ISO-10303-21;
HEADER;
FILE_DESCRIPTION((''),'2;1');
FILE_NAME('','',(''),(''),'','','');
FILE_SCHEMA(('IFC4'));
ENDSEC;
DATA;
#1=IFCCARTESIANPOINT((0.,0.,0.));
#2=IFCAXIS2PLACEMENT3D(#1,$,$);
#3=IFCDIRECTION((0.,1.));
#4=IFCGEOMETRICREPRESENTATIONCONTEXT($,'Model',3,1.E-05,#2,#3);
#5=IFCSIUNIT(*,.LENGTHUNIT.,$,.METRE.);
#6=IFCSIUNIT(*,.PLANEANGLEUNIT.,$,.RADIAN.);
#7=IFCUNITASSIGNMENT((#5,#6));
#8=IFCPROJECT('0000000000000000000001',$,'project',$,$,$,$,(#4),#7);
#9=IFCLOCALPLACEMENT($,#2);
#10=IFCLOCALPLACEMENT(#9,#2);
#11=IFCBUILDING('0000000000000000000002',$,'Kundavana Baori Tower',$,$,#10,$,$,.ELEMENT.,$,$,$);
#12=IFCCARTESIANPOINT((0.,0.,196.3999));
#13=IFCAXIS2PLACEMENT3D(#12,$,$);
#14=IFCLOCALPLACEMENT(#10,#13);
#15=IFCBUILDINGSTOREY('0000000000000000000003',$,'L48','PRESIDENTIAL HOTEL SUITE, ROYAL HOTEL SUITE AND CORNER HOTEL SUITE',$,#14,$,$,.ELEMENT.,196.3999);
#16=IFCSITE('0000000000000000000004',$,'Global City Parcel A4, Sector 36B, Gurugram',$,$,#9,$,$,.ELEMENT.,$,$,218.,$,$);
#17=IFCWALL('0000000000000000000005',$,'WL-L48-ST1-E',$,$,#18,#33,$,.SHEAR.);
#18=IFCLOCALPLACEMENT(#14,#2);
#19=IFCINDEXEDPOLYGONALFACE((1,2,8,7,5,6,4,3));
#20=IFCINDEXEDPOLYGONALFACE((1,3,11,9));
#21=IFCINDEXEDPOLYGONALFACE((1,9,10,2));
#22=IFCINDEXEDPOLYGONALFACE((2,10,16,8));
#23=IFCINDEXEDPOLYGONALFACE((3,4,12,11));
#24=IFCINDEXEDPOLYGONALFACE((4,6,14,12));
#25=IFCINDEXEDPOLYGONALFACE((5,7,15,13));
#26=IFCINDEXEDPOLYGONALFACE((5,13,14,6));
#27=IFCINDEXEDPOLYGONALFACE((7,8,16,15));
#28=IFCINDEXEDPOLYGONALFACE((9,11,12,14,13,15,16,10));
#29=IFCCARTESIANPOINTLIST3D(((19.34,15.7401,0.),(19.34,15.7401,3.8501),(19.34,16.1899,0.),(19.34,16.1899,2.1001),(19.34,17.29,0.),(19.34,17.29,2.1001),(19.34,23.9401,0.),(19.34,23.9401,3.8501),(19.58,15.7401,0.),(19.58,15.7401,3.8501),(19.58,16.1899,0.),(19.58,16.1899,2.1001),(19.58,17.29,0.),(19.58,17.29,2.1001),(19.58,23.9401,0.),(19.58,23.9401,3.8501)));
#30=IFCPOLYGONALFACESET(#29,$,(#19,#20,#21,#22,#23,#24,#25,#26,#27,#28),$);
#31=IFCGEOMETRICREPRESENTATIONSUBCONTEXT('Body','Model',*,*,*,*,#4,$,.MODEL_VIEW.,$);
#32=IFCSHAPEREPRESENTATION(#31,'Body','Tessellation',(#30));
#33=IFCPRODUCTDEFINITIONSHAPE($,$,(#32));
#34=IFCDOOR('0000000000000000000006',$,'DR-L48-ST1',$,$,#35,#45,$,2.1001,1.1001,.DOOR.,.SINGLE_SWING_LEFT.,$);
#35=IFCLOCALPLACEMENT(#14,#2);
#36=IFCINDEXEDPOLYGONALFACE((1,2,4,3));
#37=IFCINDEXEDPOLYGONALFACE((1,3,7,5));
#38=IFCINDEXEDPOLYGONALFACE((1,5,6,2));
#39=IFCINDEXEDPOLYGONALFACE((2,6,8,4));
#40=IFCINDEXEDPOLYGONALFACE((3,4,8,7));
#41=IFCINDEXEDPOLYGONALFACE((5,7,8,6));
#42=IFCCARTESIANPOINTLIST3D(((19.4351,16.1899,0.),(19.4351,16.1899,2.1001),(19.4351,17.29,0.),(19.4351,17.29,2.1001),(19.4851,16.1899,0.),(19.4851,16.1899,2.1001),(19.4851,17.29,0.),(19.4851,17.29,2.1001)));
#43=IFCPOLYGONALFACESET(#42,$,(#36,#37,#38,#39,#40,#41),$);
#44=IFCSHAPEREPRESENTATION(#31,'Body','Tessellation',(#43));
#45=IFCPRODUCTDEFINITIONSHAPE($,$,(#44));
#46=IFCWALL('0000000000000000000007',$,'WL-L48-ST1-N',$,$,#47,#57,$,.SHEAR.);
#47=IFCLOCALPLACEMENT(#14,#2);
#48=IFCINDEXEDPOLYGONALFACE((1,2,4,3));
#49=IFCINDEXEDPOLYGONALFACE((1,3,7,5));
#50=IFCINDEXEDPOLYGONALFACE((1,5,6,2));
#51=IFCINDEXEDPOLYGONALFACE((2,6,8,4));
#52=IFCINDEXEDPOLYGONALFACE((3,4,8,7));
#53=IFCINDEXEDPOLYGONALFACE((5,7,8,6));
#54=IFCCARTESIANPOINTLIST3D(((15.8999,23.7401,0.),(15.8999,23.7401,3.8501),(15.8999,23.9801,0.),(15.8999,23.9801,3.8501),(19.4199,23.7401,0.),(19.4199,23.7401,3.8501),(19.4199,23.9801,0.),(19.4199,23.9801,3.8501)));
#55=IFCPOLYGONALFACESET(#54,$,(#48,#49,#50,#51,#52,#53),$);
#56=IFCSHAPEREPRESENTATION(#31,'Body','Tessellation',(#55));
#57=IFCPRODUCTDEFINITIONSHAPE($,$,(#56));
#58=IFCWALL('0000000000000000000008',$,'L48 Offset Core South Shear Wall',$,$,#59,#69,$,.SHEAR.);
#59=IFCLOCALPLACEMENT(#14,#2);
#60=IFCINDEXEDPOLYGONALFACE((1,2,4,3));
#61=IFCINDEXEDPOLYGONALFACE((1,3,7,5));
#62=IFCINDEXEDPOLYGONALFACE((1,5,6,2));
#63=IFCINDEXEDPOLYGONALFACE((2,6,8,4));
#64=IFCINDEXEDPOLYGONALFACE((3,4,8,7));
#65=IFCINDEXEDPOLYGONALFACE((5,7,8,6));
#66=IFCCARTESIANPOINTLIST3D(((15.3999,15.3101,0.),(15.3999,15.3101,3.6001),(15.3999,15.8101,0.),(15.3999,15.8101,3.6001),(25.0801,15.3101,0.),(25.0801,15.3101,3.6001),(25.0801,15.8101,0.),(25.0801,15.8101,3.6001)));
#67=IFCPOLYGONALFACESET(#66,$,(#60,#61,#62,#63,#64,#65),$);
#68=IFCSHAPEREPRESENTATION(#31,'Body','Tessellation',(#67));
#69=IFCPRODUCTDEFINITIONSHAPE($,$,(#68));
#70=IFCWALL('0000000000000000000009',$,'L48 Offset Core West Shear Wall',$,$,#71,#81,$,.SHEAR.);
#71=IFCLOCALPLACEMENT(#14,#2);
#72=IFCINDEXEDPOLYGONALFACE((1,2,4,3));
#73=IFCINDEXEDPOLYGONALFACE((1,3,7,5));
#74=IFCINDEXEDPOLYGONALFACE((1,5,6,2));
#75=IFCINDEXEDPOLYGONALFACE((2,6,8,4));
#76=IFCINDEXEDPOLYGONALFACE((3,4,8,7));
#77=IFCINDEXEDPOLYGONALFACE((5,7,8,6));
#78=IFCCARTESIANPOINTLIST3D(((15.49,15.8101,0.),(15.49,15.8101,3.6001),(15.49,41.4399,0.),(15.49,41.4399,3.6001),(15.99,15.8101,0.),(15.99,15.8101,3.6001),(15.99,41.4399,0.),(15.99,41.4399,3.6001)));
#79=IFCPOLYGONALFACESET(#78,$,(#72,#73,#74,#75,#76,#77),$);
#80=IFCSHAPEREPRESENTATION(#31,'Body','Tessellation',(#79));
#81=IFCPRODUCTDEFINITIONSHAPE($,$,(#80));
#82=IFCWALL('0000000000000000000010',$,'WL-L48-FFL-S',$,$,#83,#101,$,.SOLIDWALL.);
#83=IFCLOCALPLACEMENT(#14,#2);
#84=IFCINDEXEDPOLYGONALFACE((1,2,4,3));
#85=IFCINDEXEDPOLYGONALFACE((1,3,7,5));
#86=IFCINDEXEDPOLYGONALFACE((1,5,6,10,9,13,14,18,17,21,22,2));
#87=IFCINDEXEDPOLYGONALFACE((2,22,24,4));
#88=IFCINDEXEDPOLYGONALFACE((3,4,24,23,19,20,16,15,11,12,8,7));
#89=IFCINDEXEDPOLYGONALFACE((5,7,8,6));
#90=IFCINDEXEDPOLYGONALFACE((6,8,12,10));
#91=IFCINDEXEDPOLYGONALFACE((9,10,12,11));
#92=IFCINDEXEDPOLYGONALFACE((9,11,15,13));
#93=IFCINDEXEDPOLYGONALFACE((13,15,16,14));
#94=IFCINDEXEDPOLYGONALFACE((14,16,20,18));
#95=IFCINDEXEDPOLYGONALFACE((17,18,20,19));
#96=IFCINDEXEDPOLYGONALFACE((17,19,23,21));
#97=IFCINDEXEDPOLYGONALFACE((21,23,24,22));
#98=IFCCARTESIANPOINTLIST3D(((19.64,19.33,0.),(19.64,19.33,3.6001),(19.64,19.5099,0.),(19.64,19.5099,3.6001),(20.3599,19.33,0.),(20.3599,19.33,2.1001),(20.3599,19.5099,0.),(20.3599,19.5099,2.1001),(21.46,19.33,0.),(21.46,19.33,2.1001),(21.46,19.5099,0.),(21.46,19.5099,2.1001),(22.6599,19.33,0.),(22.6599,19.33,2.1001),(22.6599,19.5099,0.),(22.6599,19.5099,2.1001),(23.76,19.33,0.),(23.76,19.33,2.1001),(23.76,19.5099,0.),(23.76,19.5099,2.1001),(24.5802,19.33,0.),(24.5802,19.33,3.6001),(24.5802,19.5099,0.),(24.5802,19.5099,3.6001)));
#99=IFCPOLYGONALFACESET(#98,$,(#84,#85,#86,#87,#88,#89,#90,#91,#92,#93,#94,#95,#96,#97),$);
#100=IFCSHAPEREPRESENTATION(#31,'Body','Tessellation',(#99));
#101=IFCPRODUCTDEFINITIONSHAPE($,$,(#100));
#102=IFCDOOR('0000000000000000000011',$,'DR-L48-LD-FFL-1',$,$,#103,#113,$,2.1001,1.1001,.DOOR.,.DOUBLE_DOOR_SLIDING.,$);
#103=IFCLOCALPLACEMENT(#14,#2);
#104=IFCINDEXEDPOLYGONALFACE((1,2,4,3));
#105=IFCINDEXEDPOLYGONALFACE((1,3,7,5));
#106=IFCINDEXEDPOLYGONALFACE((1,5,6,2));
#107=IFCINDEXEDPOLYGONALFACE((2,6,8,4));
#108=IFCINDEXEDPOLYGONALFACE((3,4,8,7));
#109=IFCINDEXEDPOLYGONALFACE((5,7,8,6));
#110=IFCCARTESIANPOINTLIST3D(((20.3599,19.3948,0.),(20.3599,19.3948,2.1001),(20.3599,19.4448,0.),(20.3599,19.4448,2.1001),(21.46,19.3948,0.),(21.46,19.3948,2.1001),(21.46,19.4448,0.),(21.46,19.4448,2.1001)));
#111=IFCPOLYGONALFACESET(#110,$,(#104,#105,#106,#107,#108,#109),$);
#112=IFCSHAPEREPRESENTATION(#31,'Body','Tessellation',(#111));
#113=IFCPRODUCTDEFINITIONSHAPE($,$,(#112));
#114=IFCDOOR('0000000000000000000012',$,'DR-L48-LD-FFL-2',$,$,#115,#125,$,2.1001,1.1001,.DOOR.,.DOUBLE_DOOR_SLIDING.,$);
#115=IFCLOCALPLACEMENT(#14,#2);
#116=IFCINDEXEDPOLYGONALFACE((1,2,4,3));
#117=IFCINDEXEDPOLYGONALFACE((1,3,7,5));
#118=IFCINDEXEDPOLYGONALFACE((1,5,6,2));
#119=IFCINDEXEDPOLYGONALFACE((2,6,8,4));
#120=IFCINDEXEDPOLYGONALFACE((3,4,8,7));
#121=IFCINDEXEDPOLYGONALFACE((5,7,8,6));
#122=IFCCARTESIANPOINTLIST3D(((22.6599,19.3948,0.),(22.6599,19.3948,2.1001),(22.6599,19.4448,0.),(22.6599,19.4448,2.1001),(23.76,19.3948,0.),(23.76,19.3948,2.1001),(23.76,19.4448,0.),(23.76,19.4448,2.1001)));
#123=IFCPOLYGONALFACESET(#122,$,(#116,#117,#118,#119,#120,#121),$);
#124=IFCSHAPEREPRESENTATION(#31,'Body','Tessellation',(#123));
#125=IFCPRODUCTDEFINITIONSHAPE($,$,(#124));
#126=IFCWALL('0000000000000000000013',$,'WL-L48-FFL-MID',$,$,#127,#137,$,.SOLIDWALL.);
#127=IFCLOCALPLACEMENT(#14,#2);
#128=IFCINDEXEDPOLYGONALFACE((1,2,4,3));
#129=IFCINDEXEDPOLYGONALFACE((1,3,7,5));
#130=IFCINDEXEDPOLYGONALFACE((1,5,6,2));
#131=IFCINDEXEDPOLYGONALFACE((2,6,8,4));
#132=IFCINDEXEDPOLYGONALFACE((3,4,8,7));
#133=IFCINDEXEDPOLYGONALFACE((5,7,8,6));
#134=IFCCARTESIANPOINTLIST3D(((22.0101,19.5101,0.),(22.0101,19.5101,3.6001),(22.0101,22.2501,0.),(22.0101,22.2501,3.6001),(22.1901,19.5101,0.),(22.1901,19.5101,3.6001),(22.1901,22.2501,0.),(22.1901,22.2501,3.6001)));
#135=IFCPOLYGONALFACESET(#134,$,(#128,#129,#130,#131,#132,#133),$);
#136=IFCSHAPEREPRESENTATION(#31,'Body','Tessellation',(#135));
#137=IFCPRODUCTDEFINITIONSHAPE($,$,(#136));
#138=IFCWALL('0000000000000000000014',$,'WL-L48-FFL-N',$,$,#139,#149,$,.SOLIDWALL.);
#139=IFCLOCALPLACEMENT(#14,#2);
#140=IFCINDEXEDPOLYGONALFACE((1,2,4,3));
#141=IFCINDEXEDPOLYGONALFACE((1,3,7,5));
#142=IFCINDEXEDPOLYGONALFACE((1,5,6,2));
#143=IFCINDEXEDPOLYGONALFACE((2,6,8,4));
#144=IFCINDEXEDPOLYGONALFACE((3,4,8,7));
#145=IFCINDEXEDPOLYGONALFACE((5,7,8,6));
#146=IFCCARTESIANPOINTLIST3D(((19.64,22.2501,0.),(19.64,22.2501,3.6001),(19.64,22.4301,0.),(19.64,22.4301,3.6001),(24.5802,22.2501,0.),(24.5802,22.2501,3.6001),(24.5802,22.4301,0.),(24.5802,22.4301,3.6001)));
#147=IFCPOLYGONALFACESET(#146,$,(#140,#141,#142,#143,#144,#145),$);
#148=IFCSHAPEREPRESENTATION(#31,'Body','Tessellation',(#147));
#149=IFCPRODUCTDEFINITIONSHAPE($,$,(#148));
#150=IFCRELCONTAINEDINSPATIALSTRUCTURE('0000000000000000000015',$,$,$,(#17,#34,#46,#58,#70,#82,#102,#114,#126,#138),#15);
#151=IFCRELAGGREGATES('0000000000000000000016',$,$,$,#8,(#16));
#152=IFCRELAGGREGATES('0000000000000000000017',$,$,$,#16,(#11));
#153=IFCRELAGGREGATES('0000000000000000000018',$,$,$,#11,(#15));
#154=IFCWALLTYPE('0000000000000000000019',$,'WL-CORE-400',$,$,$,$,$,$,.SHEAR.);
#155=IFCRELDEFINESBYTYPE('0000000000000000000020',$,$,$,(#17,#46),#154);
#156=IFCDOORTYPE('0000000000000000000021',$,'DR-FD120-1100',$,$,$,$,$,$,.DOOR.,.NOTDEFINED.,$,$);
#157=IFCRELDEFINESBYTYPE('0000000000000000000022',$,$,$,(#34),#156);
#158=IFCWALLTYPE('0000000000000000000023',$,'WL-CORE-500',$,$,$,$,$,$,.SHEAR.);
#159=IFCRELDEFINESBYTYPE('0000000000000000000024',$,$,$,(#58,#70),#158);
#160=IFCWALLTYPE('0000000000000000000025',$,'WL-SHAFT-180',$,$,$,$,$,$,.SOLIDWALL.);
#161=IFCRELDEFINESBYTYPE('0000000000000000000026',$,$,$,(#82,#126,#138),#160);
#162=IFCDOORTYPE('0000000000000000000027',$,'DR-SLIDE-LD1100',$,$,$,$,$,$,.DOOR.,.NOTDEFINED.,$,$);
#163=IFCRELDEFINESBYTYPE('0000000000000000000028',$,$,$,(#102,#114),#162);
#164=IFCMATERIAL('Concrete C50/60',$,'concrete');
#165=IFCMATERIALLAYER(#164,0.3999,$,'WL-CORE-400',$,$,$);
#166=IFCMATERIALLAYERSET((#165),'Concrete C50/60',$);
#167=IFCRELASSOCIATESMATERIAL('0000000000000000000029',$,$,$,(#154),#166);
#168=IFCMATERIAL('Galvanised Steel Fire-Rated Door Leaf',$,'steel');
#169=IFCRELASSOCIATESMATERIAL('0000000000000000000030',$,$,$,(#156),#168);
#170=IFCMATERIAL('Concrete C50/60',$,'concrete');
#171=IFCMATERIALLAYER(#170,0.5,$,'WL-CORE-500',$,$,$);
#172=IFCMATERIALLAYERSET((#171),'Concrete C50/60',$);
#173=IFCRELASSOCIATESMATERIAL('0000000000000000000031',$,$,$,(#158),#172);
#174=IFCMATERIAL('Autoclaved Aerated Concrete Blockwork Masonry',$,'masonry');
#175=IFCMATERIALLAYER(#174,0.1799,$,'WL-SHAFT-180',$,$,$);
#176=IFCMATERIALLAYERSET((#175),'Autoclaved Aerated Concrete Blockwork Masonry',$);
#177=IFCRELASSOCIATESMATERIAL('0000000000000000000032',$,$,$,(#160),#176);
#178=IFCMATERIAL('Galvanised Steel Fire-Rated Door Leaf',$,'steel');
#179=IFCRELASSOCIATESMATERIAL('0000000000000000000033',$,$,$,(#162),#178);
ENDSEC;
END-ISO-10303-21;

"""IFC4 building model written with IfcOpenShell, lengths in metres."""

from ifc_helpers import new_model, si_unit, direction, frame, frame_2d, origin, place, context, subcontext, project, spatial, rectangle, extrude, material, layer, layer_set, type_object, element, fill, save


model = new_model("IFC4")

# Units and contexts
model_context = context("Model", 3, precision=1e-05, world=origin(), true_north=direction((0.0, 1.0)))
body_context = subcontext(model_context, "Body", "Model", "MODEL_VIEW")
ifc_project = project(units=[si_unit("LENGTHUNIT", "METRE"), si_unit("PLANEANGLEUNIT", "RADIAN")], contexts=[model_context])

# Site, building, storey
site_placement = place(None, origin())
site = spatial("IfcSite", under=ifc_project, at=site_placement, Name="Global City Parcel A4, Sector 36B, Gurugram", CompositionType="ELEMENT", RefElevation=218.0)
building_placement = place(site_placement, origin())
building = spatial("IfcBuilding", under=site, at=building_placement, Name="Kundavana Baori Tower", CompositionType="ELEMENT")
storey_placement = place(building_placement, frame((0.0, 0.0, 196.3999)))
storey = spatial("IfcBuildingStorey", under=building, at=storey_placement, Name="L48", Description="PRESIDENTIAL HOTEL SUITE, ROYAL HOTEL SUITE AND CORNER HOTEL SUITE", CompositionType="ELEMENT", Elevation=196.3999)

# Wall, opening, door
ifc_material_1 = material(Name="Concrete C50/60", Category="concrete")
ifc_layer_1 = layer(ifc_material_1, 0.3999, Name="WL-CORE-400")
ifc_layer_set_1 = layer_set([ifc_layer_1], Name="Concrete C50/60")
wall_type_1 = type_object("IfcWallType", Name="WL-CORE-400", PredefinedType="SHEAR", material=ifc_layer_set_1)
wall_1_placement = place(storey_placement, frame((19.46, 15.74, 0.0), z_axis=(0.0, 0.0, 1.0), x_axis=(0.0, 1.0, 0.0)))
wall_1 = element("IfcWall", 1, at=wall_1_placement, inside=storey, type_object=wall_type_1, Name="WL-L48-ST1-E", PredefinedType="SHEAR", context=body_context, shape_type="SweptSolid", body=[
    extrude(rectangle(XDim=8.2, YDim=0.24, at=frame_2d((4.1001, 0.0))), origin(), (0.0, 0.0, 1.0), 3.8501),
])
opening_1_placement = place(wall_1_placement, frame((0.45, 0.0, 0.0)))
opening_1 = element("IfcOpeningElement", 2, at=opening_1_placement, cuts=wall_1, PredefinedType="OPENING", context=body_context, shape_type="SweptSolid", body=[
    extrude(rectangle(XDim=1.1001, YDim=2.1001, at=frame_2d((0.55, 1.05))), frame((0.0, 0.1299, 0.0), z_axis=(0.0, -1.0, 0.0), x_axis=(1.0, 0.0, 0.0)), (0.0, 0.0, 1.0), 0.26),
])
ifc_material_2 = material(Name="Galvanised Steel Fire-Rated Door Leaf", Category="steel")
door_type_1 = type_object("IfcDoorType", Name="DR-FD120-1100", OperationType="NOTDEFINED", PredefinedType="DOOR", material=ifc_material_2)
door_1_placement = place(opening_1_placement, origin())
door_1 = element("IfcDoor", 3, at=door_1_placement, inside=storey, type_object=door_type_1, Name="DR-L48-ST1", OperationType="SINGLE_SWING_LEFT", OverallHeight=2.1001, OverallWidth=1.1001, PredefinedType="DOOR", context=body_context, shape_type="SweptSolid", body=[
    extrude(rectangle(XDim=1.1001, YDim=2.1001, at=frame_2d((0.55, 1.05))), frame((0.0, 0.0249, 0.0), z_axis=(0.0, -1.0, 0.0), x_axis=(1.0, 0.0, 0.0)), (0.0, 0.0, 1.0), 0.05),
])
fill(opening_1, door_1)

# Walls
wall_2_placement = place(storey_placement, frame((15.8999, 23.8601, 0.0), z_axis=(0.0, 0.0, 1.0), x_axis=(1.0, 0.0, 0.0)))
element("IfcWall", 4, at=wall_2_placement, inside=storey, type_object=wall_type_1, Name="WL-L48-ST1-N", PredefinedType="SHEAR", context=body_context, shape_type="SweptSolid", body=[
    extrude(rectangle(XDim=3.52, YDim=0.24, at=frame_2d((1.76, 0.0))), origin(), (0.0, 0.0, 1.0), 3.8501),
])
ifc_material_3 = material(Name="Concrete C50/60", Category="concrete")
ifc_layer_2 = layer(ifc_material_3, 0.5, Name="WL-CORE-500")
ifc_layer_set_2 = layer_set([ifc_layer_2], Name="Concrete C50/60")
wall_type_2 = type_object("IfcWallType", Name="WL-CORE-500", PredefinedType="SHEAR", material=ifc_layer_set_2)
wall_3_placement = place(storey_placement, frame((15.3999, 15.5601, 0.0), z_axis=(0.0, 0.0, 1.0), x_axis=(1.0, 0.0, 0.0)))
element("IfcWall", 5, at=wall_3_placement, inside=storey, type_object=wall_type_2, Name="L48 Offset Core South Shear Wall", PredefinedType="SHEAR", context=body_context, shape_type="SweptSolid", body=[
    extrude(rectangle(XDim=9.6802, YDim=0.5, at=frame_2d((4.8401, 0.0))), origin(), (0.0, 0.0, 1.0), 3.6001),
])
wall_4_placement = place(storey_placement, frame((15.74, 15.8101, 0.0), z_axis=(0.0, 0.0, 1.0), x_axis=(0.0, 1.0, 0.0)))
element("IfcWall", 6, at=wall_4_placement, inside=storey, type_object=wall_type_2, Name="L48 Offset Core West Shear Wall", PredefinedType="SHEAR", context=body_context, shape_type="SweptSolid", body=[
    extrude(rectangle(XDim=25.6299, YDim=0.5, at=frame_2d((12.8149, 0.0))), origin(), (0.0, 0.0, 1.0), 3.6001),
])

# Wall, openings, doors
ifc_material_4 = material(Name="Autoclaved Aerated Concrete Blockwork Masonry", Category="masonry")
ifc_layer_3 = layer(ifc_material_4, 0.1799, Name="WL-SHAFT-180")
ifc_layer_set_3 = layer_set([ifc_layer_3], Name="Autoclaved Aerated Concrete Blockwork Masonry")
wall_type_3 = type_object("IfcWallType", Name="WL-SHAFT-180", PredefinedType="SOLIDWALL", material=ifc_layer_set_3)
wall_5_placement = place(storey_placement, frame((19.6399, 19.4199, 0.0), z_axis=(0.0, 0.0, 1.0), x_axis=(1.0, 0.0, 0.0)))
wall_5 = element("IfcWall", 7, at=wall_5_placement, inside=storey, type_object=wall_type_3, Name="WL-L48-FFL-S", PredefinedType="SOLIDWALL", context=body_context, shape_type="SweptSolid", body=[
    extrude(rectangle(XDim=4.9402, YDim=0.1799, at=frame_2d((2.4702, 0.0))), origin(), (0.0, 0.0, 1.0), 3.6001),
])
opening_2_placement = place(wall_5_placement, frame((0.72, 0.0, 0.0)))
opening_2 = element("IfcOpeningElement", 8, at=opening_2_placement, cuts=wall_5, PredefinedType="OPENING", context=body_context, shape_type="SweptSolid", body=[
    extrude(rectangle(XDim=1.1001, YDim=2.1001, at=frame_2d((0.55, 1.05))), frame((0.0, 0.1001, 0.0), z_axis=(0.0, -1.0, 0.0), x_axis=(1.0, 0.0, 0.0)), (0.0, 0.0, 1.0), 0.2),
])
opening_3_placement = place(wall_5_placement, frame((3.02, 0.0, 0.0)))
opening_3 = element("IfcOpeningElement", 9, at=opening_3_placement, cuts=wall_5, PredefinedType="OPENING", context=body_context, shape_type="SweptSolid", body=[
    extrude(rectangle(XDim=1.1001, YDim=2.1001, at=frame_2d((0.55, 1.05))), frame((0.0, 0.1001, 0.0), z_axis=(0.0, -1.0, 0.0), x_axis=(1.0, 0.0, 0.0)), (0.0, 0.0, 1.0), 0.2),
])
ifc_material_5 = material(Name="Galvanised Steel Fire-Rated Door Leaf", Category="steel")
door_type_2 = type_object("IfcDoorType", Name="DR-SLIDE-LD1100", OperationType="NOTDEFINED", PredefinedType="DOOR", material=ifc_material_5)
door_2_placement = place(opening_2_placement, origin())
door_2 = element("IfcDoor", 10, at=door_2_placement, inside=storey, type_object=door_type_2, Name="DR-L48-LD-FFL-1", OperationType="DOUBLE_DOOR_SLIDING", OverallHeight=2.1001, OverallWidth=1.1001, PredefinedType="DOOR", context=body_context, shape_type="SweptSolid", body=[
    extrude(rectangle(XDim=1.1001, YDim=2.1001, at=frame_2d((0.55, 1.05))), frame((0.0, 0.0249, 0.0), z_axis=(0.0, -1.0, 0.0), x_axis=(1.0, 0.0, 0.0)), (0.0, 0.0, 1.0), 0.05),
])
fill(opening_2, door_2)
door_3_placement = place(opening_3_placement, origin())
door_3 = element("IfcDoor", 11, at=door_3_placement, inside=storey, type_object=door_type_2, Name="DR-L48-LD-FFL-2", OperationType="DOUBLE_DOOR_SLIDING", OverallHeight=2.1001, OverallWidth=1.1001, PredefinedType="DOOR", context=body_context, shape_type="SweptSolid", body=[
    extrude(rectangle(XDim=1.1001, YDim=2.1001, at=frame_2d((0.55, 1.05))), frame((0.0, 0.0249, 0.0), z_axis=(0.0, -1.0, 0.0), x_axis=(1.0, 0.0, 0.0)), (0.0, 0.0, 1.0), 0.05),
])
fill(opening_3, door_3)

# Walls
wall_6_placement = place(storey_placement, frame((22.1001, 19.51, 0.0), z_axis=(0.0, 0.0, 1.0), x_axis=(0.0, 1.0, 0.0)))
element("IfcWall", 12, at=wall_6_placement, inside=storey, type_object=wall_type_3, Name="WL-L48-FFL-MID", PredefinedType="SOLIDWALL", context=body_context, shape_type="SweptSolid", body=[
    extrude(rectangle(XDim=2.74, YDim=0.1799, at=frame_2d((1.3701, 0.0))), origin(), (0.0, 0.0, 1.0), 3.6001),
])
wall_7_placement = place(storey_placement, frame((19.6399, 22.3401, 0.0), z_axis=(0.0, 0.0, 1.0), x_axis=(1.0, 0.0, 0.0)))
element("IfcWall", 13, at=wall_7_placement, inside=storey, type_object=wall_type_3, Name="WL-L48-FFL-N", PredefinedType="SOLIDWALL", context=body_context, shape_type="SweptSolid", body=[
    extrude(rectangle(XDim=4.9402, YDim=0.1799, at=frame_2d((2.4702, 0.0))), origin(), (0.0, 0.0, 1.0), 3.6001),
])

save(model, "model.ifc")
